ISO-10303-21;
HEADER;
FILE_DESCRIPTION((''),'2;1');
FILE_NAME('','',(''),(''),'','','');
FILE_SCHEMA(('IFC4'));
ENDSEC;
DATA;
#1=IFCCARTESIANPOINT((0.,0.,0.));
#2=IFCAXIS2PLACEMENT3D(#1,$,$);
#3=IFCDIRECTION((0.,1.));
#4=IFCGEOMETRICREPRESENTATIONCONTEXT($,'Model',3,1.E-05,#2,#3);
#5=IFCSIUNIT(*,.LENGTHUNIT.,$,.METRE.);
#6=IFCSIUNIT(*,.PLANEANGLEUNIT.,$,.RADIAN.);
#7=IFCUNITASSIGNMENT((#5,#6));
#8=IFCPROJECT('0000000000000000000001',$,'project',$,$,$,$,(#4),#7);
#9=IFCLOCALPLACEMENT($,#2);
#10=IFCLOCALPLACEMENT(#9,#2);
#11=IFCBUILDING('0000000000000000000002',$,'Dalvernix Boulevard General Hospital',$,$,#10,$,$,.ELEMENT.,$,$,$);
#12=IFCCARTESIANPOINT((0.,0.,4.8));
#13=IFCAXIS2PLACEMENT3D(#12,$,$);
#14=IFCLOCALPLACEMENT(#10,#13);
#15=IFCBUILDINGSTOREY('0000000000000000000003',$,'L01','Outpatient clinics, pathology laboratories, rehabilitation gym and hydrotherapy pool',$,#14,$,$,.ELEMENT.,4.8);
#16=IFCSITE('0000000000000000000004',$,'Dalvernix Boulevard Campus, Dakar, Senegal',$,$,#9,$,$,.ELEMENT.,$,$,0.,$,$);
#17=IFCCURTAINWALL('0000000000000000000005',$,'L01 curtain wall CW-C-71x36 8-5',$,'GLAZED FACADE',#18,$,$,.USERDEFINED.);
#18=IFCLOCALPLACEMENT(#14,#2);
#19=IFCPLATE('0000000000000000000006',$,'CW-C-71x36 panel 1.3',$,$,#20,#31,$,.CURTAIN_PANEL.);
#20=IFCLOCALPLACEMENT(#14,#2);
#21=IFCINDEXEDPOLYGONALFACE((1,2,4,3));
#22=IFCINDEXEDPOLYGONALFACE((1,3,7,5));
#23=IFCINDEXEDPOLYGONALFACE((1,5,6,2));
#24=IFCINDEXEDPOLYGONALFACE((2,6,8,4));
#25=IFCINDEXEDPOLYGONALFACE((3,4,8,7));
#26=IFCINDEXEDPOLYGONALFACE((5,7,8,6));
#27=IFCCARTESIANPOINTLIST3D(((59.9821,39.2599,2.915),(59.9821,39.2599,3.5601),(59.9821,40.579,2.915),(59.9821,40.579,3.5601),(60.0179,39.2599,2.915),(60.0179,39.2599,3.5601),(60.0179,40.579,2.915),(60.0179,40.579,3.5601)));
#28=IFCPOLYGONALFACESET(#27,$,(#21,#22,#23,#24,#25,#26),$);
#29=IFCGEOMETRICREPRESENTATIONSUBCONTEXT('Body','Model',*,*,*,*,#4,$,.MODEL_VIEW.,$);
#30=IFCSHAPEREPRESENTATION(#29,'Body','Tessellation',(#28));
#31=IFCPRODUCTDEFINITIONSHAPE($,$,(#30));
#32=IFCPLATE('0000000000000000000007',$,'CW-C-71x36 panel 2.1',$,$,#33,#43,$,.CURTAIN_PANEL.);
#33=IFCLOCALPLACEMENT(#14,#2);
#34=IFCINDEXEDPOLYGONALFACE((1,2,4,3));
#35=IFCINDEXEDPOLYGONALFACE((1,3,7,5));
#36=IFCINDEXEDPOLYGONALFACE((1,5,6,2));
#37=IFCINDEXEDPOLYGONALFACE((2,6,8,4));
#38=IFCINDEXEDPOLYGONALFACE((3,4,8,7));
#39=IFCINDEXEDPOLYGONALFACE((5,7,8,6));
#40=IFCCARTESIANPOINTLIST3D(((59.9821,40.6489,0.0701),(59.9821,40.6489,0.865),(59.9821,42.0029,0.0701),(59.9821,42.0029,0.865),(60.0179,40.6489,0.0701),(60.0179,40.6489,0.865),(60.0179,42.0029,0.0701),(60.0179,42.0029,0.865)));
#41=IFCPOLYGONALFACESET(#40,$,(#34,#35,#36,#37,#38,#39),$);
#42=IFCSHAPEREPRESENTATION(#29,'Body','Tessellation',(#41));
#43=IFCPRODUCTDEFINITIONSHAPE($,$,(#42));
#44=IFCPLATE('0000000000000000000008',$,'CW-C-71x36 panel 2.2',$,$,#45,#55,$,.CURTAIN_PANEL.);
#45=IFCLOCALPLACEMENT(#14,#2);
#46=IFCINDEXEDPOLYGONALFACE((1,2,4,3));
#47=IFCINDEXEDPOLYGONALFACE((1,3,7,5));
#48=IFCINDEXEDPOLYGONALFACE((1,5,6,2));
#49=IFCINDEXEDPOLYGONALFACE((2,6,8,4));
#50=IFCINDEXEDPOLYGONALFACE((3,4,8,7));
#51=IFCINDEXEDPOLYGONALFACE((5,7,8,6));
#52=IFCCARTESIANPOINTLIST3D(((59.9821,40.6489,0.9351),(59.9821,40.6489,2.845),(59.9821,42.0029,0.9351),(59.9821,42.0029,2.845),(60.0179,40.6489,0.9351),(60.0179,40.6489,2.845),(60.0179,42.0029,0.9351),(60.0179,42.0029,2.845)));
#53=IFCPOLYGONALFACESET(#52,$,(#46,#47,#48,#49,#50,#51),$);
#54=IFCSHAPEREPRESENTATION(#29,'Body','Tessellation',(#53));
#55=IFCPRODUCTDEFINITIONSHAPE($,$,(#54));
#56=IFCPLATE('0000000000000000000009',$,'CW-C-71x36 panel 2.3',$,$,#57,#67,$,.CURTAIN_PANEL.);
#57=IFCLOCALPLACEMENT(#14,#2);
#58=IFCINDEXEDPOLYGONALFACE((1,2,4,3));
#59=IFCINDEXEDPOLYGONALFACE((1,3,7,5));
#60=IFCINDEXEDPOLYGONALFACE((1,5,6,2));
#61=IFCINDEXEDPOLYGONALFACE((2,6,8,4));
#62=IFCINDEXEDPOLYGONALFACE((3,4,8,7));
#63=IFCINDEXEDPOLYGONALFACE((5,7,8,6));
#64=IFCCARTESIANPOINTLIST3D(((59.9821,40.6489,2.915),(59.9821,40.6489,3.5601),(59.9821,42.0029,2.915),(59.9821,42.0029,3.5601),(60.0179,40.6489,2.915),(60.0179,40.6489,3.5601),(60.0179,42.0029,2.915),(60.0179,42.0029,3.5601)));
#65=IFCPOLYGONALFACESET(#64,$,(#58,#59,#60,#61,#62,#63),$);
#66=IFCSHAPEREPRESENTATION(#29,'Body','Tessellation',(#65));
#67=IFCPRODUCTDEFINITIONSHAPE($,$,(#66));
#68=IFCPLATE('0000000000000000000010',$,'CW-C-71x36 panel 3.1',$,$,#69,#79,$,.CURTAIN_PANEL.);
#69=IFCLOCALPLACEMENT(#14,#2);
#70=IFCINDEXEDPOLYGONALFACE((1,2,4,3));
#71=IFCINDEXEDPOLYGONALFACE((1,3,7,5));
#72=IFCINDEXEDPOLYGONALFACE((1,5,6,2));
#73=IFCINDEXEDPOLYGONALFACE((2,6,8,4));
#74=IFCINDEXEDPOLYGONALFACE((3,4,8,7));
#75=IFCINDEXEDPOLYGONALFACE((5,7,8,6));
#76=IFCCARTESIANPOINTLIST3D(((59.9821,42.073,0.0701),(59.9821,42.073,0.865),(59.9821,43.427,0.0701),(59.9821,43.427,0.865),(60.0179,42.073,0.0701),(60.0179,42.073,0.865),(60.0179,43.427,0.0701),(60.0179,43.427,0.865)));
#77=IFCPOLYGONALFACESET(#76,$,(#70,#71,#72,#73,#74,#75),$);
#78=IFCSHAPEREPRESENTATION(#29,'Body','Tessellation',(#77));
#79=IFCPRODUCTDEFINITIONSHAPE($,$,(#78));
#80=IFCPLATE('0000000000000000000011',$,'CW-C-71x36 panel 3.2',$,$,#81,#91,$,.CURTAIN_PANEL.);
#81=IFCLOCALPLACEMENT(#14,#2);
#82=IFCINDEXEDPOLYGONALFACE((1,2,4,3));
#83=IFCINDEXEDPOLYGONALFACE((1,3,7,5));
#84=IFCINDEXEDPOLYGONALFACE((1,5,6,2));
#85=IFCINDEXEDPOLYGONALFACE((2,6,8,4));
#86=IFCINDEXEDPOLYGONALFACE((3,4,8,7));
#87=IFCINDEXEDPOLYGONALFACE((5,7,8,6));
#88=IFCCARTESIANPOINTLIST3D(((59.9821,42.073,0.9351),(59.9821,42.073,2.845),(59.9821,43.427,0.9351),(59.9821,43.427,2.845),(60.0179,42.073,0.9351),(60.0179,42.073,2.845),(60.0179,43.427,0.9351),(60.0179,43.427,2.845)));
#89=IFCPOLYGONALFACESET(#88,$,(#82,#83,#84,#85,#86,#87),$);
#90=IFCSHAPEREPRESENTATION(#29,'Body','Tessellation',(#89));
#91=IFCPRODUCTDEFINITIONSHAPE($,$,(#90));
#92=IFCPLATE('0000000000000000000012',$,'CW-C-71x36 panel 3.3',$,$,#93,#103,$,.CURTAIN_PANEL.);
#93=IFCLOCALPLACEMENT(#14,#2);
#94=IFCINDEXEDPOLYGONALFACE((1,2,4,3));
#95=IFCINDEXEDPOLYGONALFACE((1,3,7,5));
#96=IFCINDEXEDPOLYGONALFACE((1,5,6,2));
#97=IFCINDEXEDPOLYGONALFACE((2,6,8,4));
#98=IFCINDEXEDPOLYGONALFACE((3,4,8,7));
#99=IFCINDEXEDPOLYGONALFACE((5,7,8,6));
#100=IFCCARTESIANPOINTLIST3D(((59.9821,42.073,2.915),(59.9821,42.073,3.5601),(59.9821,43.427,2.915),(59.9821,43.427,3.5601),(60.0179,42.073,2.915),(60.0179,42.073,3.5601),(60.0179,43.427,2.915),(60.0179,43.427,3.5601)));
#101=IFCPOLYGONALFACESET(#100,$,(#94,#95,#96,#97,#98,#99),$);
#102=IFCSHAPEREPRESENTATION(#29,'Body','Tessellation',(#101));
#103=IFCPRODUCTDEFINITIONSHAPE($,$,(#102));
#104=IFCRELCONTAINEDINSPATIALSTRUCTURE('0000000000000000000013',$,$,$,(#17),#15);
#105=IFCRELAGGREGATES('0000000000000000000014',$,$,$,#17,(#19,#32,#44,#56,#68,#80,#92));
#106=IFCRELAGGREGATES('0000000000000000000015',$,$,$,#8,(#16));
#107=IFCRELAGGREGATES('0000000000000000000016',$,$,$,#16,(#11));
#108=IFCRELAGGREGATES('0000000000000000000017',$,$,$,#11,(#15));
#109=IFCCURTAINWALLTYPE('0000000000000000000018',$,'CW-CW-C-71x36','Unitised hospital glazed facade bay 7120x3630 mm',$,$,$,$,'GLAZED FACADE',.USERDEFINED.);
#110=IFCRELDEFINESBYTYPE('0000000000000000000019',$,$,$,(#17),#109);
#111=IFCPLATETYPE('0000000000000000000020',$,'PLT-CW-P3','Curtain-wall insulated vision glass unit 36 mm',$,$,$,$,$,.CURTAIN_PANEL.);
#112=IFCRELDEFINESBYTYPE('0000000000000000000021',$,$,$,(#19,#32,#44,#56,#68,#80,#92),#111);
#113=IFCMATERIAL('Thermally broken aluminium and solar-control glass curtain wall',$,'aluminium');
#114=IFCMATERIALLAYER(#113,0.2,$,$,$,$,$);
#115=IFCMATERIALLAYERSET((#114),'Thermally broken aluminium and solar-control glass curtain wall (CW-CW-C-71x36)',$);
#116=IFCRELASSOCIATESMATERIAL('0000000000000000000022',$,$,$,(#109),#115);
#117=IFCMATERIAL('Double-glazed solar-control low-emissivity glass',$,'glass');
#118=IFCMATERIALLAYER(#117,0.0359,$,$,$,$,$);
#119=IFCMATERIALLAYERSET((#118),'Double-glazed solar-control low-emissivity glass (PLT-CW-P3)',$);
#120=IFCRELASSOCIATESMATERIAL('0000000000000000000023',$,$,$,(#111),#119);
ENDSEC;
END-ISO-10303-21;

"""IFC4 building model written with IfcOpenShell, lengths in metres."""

from ifc_helpers import new_model, si_unit, direction, frame, origin, origin_2d, place, context, subcontext, project, spatial, rectangle, extrude, material, layer, layer_set, type_object, element, aggregate, save


model = new_model("IFC4")

# Units and contexts
model_context = context("Model", 3, precision=1e-05, world=origin(), true_north=direction((0.0, 1.0)))
body_context = subcontext(model_context, "Body", "Model", "MODEL_VIEW")
ifc_project = project(units=[si_unit("LENGTHUNIT", "METRE"), si_unit("PLANEANGLEUNIT", "RADIAN")], contexts=[model_context])

# Site, building, storey
site_placement = place(None, origin())
site = spatial("IfcSite", under=ifc_project, at=site_placement, Name="Dalvernix Boulevard Campus, Dakar, Senegal", CompositionType="ELEMENT", RefElevation=0.0)
building_placement = place(site_placement, origin())
building = spatial("IfcBuilding", under=site, at=building_placement, Name="Dalvernix Boulevard General Hospital", CompositionType="ELEMENT")
storey_placement = place(building_placement, frame((0.0, 0.0, 4.8)))
storey = spatial("IfcBuildingStorey", under=building, at=storey_placement, Name="L01", Description="Outpatient clinics, pathology laboratories, rehabilitation gym and hydrotherapy pool", CompositionType="ELEMENT", Elevation=4.8)

# Curtain wall, plates
ifc_material_1 = material(Name="Thermally broken aluminium and solar-control glass curtain wall", Category="aluminium")
ifc_layer_1 = layer(ifc_material_1, 0.2)
ifc_layer_set_1 = layer_set([ifc_layer_1], Name="Thermally broken aluminium and solar-control glass curtain wall (CW-CW-C-71x36)")
curtain_wall_type = type_object("IfcCurtainWallType", Name="CW-CW-C-71x36", Description="Unitised hospital glazed facade bay 7120x3630 mm", ElementType="GLAZED FACADE", PredefinedType="USERDEFINED", material=ifc_layer_set_1)
curtain_wall_placement = place(storey_placement, origin())
curtain_wall = element("IfcCurtainWall", 1, at=curtain_wall_placement, inside=storey, type_object=curtain_wall_type, Name="L01 curtain wall CW-C-71x36 8-5", ObjectType="GLAZED FACADE", PredefinedType="USERDEFINED")
ifc_material_2 = material(Name="Double-glazed solar-control low-emissivity glass", Category="glass")
ifc_layer_2 = layer(ifc_material_2, 0.0359)
ifc_layer_set_2 = layer_set([ifc_layer_2], Name="Double-glazed solar-control low-emissivity glass (PLT-CW-P3)")
plate_type = type_object("IfcPlateType", Name="PLT-CW-P3", Description="Curtain-wall insulated vision glass unit 36 mm", PredefinedType="CURTAIN_PANEL", material=ifc_layer_set_2)
plate_1_placement = place(storey_placement, frame((60.0, 39.9194, 2.915), z_axis=(0.0, 0.0, 1.0), x_axis=(0.0, 1.0, 0.0)))
plate_1 = element("IfcPlate", 2, at=plate_1_placement, type_object=plate_type, Name="CW-C-71x36 panel 1.3", PredefinedType="CURTAIN_PANEL", context=body_context, shape_type="SweptSolid", body=[
    extrude(rectangle(XDim=1.3191, YDim=0.0359, at=origin_2d()), origin(), (0.0, 0.0, 1.0), 0.645),
])
plate_2_placement = place(storey_placement, frame((60.0, 41.3259, 0.0701), z_axis=(0.0, 0.0, 1.0), x_axis=(0.0, 1.0, 0.0)))
plate_2 = element("IfcPlate", 3, at=plate_2_placement, type_object=plate_type, Name="CW-C-71x36 panel 2.1", PredefinedType="CURTAIN_PANEL", context=body_context, shape_type="SweptSolid", body=[
    extrude(rectangle(XDim=1.354, YDim=0.0359, at=origin_2d()), origin(), (0.0, 0.0, 1.0), 0.7949),
])
plate_3_placement = place(storey_placement, frame((60.0, 41.3259, 0.9351), z_axis=(0.0, 0.0, 1.0), x_axis=(0.0, 1.0, 0.0)))
plate_3 = element("IfcPlate", 4, at=plate_3_placement, type_object=plate_type, Name="CW-C-71x36 panel 2.2", PredefinedType="CURTAIN_PANEL", context=body_context, shape_type="SweptSolid", body=[
    extrude(rectangle(XDim=1.354, YDim=0.0359, at=origin_2d()), origin(), (0.0, 0.0, 1.0), 1.9099),
])
plate_4_placement = place(storey_placement, frame((60.0, 41.3259, 2.915), z_axis=(0.0, 0.0, 1.0), x_axis=(0.0, 1.0, 0.0)))
plate_4 = element("IfcPlate", 5, at=plate_4_placement, type_object=plate_type, Name="CW-C-71x36 panel 2.3", PredefinedType="CURTAIN_PANEL", context=body_context, shape_type="SweptSolid", body=[
    extrude(rectangle(XDim=1.354, YDim=0.0359, at=origin_2d()), origin(), (0.0, 0.0, 1.0), 0.645),
])
plate_5_placement = place(storey_placement, frame((60.0, 42.75, 0.0701), z_axis=(0.0, 0.0, 1.0), x_axis=(0.0, 1.0, 0.0)))
plate_5 = element("IfcPlate", 6, at=plate_5_placement, type_object=plate_type, Name="CW-C-71x36 panel 3.1", PredefinedType="CURTAIN_PANEL", context=body_context, shape_type="SweptSolid", body=[
    extrude(rectangle(XDim=1.354, YDim=0.0359, at=origin_2d()), origin(), (0.0, 0.0, 1.0), 0.7949),
])
plate_6_placement = place(storey_placement, frame((60.0, 42.75, 0.9351), z_axis=(0.0, 0.0, 1.0), x_axis=(0.0, 1.0, 0.0)))
plate_6 = element("IfcPlate", 7, at=plate_6_placement, type_object=plate_type, Name="CW-C-71x36 panel 3.2", PredefinedType="CURTAIN_PANEL", context=body_context, shape_type="SweptSolid", body=[
    extrude(rectangle(XDim=1.354, YDim=0.0359, at=origin_2d()), origin(), (0.0, 0.0, 1.0), 1.9099),
])
plate_7_placement = place(storey_placement, frame((60.0, 42.75, 2.915), z_axis=(0.0, 0.0, 1.0), x_axis=(0.0, 1.0, 0.0)))
plate_7 = element("IfcPlate", 8, at=plate_7_placement, type_object=plate_type, Name="CW-C-71x36 panel 3.3", PredefinedType="CURTAIN_PANEL", context=body_context, shape_type="SweptSolid", body=[
    extrude(rectangle(XDim=1.354, YDim=0.0359, at=origin_2d()), origin(), (0.0, 0.0, 1.0), 0.645),
])
aggregate(curtain_wall, [plate_1, plate_2, plate_3, plate_4, plate_5, plate_6, plate_7])

save(model, "model.ifc")
